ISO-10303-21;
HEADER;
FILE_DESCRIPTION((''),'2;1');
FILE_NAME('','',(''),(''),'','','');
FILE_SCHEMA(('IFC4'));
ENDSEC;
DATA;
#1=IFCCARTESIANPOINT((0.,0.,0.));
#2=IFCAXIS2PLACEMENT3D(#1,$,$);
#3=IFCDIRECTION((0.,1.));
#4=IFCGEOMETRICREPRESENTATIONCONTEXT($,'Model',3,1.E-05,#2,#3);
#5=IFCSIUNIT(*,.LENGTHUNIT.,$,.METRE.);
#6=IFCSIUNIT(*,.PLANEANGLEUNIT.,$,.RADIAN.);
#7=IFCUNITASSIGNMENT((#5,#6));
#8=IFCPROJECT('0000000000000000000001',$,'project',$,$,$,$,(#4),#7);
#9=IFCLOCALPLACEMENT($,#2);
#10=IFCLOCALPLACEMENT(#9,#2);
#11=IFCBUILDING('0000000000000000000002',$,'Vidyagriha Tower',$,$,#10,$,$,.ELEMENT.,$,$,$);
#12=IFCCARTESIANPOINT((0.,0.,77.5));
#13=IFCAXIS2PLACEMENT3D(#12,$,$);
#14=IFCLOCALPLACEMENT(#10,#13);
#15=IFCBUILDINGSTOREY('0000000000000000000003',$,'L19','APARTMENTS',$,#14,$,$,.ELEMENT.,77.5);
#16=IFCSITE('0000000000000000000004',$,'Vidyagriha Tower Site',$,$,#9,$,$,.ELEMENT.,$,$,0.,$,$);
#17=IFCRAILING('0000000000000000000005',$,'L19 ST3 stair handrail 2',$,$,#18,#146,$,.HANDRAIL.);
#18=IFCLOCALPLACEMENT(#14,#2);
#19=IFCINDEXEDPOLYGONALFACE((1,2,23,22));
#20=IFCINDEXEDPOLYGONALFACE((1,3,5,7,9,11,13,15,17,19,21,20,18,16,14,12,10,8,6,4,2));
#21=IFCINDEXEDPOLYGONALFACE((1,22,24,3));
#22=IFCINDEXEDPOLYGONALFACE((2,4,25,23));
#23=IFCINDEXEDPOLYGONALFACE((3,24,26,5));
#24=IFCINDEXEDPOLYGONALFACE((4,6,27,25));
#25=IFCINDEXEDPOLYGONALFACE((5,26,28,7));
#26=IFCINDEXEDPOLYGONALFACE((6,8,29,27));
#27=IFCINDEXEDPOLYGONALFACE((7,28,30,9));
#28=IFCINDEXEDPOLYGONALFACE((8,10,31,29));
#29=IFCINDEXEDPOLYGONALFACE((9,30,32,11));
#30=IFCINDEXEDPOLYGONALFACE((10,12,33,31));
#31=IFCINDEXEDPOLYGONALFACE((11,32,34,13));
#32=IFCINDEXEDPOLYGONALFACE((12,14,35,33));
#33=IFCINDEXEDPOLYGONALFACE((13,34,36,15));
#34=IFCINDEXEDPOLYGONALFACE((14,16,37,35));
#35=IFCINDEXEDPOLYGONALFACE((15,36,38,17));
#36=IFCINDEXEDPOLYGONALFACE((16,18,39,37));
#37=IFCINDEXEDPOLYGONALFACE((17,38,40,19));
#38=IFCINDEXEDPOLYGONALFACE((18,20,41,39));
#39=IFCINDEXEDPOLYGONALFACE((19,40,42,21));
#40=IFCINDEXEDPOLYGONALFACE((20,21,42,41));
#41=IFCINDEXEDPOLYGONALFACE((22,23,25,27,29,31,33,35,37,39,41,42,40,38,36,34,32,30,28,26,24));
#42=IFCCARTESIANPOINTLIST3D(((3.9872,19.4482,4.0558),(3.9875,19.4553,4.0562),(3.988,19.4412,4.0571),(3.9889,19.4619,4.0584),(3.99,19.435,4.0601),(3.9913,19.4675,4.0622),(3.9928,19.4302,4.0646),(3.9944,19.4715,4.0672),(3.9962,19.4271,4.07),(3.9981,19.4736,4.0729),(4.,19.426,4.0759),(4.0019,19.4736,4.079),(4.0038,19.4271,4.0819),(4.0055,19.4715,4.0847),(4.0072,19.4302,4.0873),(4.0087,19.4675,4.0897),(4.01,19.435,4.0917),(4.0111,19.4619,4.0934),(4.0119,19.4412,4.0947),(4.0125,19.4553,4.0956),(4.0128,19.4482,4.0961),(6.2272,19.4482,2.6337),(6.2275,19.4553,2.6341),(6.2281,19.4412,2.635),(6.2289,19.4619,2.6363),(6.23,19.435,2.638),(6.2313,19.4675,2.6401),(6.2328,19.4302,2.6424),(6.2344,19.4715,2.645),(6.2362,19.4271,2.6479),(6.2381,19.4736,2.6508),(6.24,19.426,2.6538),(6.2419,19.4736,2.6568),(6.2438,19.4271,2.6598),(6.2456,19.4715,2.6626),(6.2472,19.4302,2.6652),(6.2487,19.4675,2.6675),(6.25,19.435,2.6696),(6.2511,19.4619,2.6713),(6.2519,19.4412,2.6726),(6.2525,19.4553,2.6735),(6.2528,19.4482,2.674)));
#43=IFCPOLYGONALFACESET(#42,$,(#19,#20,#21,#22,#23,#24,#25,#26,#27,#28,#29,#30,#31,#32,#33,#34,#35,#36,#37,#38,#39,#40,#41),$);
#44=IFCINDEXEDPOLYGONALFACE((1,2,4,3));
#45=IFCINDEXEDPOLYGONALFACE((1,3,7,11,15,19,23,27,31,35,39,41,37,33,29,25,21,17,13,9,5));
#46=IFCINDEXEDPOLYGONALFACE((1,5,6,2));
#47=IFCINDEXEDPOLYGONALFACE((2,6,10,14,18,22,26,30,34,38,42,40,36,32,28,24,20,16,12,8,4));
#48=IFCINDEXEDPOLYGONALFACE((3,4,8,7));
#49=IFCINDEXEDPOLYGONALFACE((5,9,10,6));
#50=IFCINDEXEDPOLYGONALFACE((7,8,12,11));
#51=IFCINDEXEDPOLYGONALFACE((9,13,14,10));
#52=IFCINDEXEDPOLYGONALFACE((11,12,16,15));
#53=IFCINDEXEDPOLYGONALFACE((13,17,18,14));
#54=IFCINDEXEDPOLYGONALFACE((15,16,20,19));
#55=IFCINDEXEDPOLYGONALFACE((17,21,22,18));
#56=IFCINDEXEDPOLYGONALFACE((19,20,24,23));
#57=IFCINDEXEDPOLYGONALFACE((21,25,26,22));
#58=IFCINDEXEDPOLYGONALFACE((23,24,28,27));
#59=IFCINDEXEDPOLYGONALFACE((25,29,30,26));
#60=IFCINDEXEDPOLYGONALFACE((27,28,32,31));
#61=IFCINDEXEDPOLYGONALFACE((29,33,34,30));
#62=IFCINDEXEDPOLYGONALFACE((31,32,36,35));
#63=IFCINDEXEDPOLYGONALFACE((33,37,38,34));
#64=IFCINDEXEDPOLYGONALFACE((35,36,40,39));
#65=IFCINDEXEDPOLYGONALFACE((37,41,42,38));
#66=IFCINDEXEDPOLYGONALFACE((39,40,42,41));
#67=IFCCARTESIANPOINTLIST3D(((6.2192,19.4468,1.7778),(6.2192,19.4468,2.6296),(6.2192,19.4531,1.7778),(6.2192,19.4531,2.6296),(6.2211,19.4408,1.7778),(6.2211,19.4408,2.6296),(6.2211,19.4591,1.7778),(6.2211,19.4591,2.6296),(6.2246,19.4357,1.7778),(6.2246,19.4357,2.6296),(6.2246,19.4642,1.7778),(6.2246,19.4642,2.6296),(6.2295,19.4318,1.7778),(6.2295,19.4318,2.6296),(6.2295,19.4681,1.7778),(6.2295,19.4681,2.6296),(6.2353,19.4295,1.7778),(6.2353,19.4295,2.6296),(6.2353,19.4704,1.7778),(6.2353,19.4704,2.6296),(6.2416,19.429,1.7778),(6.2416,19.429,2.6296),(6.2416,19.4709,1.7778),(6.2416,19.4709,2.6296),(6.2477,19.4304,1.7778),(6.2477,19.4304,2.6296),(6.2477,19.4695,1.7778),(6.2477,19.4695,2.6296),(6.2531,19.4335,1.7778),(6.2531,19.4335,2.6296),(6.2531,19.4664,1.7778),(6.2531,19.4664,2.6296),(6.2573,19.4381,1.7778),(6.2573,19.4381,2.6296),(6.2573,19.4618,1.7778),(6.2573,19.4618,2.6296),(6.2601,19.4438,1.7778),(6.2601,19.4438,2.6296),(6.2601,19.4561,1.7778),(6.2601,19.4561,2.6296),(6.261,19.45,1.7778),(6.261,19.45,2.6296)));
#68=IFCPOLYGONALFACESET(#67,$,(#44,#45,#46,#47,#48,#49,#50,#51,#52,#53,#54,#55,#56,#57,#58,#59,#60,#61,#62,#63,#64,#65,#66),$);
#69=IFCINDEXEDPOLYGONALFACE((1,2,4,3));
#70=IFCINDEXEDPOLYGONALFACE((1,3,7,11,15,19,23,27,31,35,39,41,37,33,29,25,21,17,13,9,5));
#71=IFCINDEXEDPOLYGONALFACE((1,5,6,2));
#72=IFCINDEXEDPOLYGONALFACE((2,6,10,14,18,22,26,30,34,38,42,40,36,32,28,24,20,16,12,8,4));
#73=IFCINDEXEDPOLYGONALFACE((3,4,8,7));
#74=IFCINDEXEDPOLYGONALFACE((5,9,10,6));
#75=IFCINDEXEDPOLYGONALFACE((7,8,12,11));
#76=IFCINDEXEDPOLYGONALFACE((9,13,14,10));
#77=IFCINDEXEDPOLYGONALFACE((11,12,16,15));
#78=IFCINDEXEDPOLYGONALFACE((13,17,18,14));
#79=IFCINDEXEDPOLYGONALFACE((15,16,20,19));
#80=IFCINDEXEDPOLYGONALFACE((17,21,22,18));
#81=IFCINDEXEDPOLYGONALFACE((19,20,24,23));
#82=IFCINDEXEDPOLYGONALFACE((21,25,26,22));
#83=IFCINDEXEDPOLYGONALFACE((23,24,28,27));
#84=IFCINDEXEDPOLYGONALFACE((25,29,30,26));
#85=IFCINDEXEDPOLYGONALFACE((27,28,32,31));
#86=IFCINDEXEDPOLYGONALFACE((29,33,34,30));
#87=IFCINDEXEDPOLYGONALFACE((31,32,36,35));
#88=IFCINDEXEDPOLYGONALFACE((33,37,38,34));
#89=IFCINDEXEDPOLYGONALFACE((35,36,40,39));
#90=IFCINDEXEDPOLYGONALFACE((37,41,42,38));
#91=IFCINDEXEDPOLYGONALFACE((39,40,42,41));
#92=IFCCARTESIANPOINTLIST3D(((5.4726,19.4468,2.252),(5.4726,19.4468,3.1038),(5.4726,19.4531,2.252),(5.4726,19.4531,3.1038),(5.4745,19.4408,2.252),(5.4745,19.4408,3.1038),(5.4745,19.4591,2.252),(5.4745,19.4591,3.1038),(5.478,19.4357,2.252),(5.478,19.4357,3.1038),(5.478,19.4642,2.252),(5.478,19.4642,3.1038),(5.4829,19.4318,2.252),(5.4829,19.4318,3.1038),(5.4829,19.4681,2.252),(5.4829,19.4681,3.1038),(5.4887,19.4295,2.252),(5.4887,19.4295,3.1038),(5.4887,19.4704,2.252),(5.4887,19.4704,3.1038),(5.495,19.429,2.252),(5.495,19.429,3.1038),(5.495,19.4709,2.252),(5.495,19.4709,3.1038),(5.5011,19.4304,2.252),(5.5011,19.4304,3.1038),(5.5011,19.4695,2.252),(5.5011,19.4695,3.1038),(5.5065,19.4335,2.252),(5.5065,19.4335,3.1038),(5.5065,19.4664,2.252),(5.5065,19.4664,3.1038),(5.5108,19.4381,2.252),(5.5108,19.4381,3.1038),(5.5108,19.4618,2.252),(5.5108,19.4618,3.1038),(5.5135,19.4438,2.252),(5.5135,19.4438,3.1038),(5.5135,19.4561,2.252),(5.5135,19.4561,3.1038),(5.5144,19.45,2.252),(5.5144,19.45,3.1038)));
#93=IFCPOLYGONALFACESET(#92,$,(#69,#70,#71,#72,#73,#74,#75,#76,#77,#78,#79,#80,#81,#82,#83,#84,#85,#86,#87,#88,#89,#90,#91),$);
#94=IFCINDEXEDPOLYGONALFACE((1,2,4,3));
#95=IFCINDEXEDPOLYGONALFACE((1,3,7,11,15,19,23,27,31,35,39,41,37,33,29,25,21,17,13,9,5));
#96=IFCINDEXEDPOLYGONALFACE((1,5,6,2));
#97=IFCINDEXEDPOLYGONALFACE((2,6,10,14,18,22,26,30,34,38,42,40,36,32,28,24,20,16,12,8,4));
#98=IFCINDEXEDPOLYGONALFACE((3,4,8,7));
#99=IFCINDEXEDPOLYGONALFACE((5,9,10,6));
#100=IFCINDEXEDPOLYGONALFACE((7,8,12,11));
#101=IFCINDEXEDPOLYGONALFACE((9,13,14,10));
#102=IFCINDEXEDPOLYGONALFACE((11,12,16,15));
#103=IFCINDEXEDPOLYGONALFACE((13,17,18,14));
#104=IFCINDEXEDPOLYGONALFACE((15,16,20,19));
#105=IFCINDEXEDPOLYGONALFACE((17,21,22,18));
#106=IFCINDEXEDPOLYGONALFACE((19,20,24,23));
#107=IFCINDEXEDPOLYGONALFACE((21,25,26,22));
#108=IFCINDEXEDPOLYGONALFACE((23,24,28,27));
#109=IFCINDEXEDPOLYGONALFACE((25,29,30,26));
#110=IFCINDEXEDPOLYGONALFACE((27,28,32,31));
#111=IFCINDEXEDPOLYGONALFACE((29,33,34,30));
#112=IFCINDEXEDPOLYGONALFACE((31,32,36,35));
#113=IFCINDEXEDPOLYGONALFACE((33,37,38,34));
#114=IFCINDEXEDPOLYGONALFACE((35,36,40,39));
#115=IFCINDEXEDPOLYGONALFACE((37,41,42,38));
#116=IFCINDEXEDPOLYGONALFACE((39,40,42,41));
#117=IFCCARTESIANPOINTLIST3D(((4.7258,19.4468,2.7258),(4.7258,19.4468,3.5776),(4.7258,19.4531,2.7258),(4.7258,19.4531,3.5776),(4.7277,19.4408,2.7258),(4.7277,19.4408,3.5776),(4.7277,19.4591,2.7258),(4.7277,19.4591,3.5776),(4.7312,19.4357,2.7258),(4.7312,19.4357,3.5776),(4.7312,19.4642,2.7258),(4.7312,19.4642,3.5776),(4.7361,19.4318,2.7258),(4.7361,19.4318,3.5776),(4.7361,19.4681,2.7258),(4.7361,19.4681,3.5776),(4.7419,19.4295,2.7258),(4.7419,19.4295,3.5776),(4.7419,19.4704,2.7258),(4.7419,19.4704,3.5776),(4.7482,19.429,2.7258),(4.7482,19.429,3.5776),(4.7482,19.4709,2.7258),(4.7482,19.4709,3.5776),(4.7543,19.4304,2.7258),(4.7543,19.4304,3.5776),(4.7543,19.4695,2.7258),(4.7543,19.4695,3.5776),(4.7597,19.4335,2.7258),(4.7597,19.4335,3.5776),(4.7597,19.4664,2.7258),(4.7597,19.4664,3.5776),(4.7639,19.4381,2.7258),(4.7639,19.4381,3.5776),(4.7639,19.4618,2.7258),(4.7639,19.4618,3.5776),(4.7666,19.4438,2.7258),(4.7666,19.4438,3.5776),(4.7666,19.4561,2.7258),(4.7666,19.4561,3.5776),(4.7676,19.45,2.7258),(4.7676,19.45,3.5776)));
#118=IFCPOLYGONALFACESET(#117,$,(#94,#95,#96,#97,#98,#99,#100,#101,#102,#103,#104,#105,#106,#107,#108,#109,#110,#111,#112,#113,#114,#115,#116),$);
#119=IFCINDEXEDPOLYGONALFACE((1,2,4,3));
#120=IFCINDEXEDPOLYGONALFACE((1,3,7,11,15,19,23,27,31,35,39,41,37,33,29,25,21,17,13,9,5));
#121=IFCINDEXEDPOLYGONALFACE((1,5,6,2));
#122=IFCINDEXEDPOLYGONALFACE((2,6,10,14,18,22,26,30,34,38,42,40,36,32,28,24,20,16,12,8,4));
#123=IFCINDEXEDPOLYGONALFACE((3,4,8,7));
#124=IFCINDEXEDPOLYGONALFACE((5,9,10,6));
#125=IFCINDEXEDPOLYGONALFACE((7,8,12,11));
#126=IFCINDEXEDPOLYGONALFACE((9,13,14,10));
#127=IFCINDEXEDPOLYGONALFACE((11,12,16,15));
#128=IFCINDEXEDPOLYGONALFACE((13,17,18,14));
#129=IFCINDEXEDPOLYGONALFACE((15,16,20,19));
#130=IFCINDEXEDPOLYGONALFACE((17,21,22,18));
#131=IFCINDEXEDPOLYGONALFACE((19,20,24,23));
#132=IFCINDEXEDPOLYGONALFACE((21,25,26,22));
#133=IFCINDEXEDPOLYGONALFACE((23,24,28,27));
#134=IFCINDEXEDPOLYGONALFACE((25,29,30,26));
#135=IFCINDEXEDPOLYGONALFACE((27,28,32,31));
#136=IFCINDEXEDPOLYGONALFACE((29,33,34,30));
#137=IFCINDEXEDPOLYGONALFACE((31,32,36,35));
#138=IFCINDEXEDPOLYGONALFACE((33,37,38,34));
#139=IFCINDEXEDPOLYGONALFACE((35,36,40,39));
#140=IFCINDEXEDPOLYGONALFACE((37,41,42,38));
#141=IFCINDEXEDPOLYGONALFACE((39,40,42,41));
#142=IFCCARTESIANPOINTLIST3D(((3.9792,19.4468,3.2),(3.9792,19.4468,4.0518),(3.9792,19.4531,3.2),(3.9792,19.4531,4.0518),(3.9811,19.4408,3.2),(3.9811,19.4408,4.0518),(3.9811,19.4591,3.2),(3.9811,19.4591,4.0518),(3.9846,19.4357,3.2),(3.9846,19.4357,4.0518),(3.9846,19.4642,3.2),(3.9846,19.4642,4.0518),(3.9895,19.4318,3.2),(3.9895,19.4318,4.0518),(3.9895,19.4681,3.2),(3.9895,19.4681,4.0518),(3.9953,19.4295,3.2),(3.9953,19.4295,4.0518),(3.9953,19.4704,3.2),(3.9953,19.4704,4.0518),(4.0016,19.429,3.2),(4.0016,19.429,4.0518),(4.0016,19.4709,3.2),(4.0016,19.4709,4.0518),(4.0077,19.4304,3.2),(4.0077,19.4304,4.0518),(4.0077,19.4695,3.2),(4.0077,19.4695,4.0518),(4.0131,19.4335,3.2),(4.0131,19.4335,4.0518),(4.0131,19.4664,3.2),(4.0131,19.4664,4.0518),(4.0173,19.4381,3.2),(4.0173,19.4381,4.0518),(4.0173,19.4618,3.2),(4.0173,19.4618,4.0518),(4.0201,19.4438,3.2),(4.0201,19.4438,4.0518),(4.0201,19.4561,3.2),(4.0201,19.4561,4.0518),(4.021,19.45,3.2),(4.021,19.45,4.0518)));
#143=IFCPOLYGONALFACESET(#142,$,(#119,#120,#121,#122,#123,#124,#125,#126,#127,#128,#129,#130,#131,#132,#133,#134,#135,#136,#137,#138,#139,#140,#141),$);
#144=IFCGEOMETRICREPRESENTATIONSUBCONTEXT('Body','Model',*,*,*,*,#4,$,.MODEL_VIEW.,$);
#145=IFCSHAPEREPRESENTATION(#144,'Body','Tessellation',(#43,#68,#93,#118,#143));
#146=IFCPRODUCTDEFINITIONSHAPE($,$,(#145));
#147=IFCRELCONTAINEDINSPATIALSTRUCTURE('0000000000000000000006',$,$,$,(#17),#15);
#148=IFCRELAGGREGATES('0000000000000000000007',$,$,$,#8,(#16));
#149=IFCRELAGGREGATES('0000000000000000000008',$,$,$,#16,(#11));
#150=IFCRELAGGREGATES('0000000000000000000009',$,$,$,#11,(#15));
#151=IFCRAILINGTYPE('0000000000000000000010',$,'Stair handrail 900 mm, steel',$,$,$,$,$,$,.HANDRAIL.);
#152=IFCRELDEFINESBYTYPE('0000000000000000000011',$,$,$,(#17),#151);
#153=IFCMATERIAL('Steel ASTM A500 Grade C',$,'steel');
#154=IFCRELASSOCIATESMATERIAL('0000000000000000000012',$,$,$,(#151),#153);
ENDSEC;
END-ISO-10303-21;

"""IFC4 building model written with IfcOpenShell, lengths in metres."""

from ifc_helpers import new_model, si_unit, direction, frame, origin, origin_2d, place, context, subcontext, project, spatial, circle, extrude, material, type_object, element, save


model = new_model("IFC4")

# Units and contexts
model_context = context("Model", 3, precision=1e-05, world=origin(), true_north=direction((0.0, 1.0)))
body_context = subcontext(model_context, "Body", "Model", "MODEL_VIEW")
ifc_project = project(units=[si_unit("LENGTHUNIT", "METRE"), si_unit("PLANEANGLEUNIT", "RADIAN")], contexts=[model_context])

# Site, building, storey
site_placement = place(None, origin())
site = spatial("IfcSite", under=ifc_project, at=site_placement, Name="Vidyagriha Tower Site", CompositionType="ELEMENT", RefElevation=0.0)
building_placement = place(site_placement, origin())
building = spatial("IfcBuilding", under=site, at=building_placement, Name="Vidyagriha Tower", CompositionType="ELEMENT")
storey_placement = place(building_placement, frame((0.0, 0.0, 77.5)))
storey = spatial("IfcBuildingStorey", under=building, at=storey_placement, Name="L19", Description="APARTMENTS", CompositionType="ELEMENT", Elevation=77.5)

# Railing
ifc_material_1 = material(Name="Steel ASTM A500 Grade C", Category="steel")
railing_type_1 = type_object("IfcRailingType", Name="Stair handrail 900 mm, steel", PredefinedType="HANDRAIL", material=ifc_material_1)
railing_1_placement = place(storey_placement, frame((6.24, 19.45, 1.7778)))
element("IfcRailing", 1, at=railing_1_placement, inside=storey, type_object=railing_type_1, Name="L19 ST3 stair handrail 2", PredefinedType="HANDRAIL", context=body_context, shape_type="SweptSolid", body=[
    extrude(circle(Radius=0.0239, at=origin_2d()), frame((0.0, 0.0, 0.876), z_axis=(-0.844229, 0.0, 0.535982), x_axis=(0.0, -1.0, 0.0)), (0.0, 0.0, 1.0), 2.6533),
    extrude(circle(Radius=0.021, at=origin_2d()), origin(), (0.0, 0.0, 1.0), 0.8518),
    extrude(circle(Radius=0.021, at=origin_2d()), frame((-0.7466, 0.0, 0.4741)), (0.0, 0.0, 1.0), 0.8518),
    extrude(circle(Radius=0.021, at=origin_2d()), frame((-1.4934, 0.0, 0.948)), (0.0, 0.0, 1.0), 0.8518),
    extrude(circle(Radius=0.021, at=origin_2d()), frame((-2.24, 0.0, 1.4221)), (0.0, 0.0, 1.0), 0.8518),
])

save(model, "model.ifc")
